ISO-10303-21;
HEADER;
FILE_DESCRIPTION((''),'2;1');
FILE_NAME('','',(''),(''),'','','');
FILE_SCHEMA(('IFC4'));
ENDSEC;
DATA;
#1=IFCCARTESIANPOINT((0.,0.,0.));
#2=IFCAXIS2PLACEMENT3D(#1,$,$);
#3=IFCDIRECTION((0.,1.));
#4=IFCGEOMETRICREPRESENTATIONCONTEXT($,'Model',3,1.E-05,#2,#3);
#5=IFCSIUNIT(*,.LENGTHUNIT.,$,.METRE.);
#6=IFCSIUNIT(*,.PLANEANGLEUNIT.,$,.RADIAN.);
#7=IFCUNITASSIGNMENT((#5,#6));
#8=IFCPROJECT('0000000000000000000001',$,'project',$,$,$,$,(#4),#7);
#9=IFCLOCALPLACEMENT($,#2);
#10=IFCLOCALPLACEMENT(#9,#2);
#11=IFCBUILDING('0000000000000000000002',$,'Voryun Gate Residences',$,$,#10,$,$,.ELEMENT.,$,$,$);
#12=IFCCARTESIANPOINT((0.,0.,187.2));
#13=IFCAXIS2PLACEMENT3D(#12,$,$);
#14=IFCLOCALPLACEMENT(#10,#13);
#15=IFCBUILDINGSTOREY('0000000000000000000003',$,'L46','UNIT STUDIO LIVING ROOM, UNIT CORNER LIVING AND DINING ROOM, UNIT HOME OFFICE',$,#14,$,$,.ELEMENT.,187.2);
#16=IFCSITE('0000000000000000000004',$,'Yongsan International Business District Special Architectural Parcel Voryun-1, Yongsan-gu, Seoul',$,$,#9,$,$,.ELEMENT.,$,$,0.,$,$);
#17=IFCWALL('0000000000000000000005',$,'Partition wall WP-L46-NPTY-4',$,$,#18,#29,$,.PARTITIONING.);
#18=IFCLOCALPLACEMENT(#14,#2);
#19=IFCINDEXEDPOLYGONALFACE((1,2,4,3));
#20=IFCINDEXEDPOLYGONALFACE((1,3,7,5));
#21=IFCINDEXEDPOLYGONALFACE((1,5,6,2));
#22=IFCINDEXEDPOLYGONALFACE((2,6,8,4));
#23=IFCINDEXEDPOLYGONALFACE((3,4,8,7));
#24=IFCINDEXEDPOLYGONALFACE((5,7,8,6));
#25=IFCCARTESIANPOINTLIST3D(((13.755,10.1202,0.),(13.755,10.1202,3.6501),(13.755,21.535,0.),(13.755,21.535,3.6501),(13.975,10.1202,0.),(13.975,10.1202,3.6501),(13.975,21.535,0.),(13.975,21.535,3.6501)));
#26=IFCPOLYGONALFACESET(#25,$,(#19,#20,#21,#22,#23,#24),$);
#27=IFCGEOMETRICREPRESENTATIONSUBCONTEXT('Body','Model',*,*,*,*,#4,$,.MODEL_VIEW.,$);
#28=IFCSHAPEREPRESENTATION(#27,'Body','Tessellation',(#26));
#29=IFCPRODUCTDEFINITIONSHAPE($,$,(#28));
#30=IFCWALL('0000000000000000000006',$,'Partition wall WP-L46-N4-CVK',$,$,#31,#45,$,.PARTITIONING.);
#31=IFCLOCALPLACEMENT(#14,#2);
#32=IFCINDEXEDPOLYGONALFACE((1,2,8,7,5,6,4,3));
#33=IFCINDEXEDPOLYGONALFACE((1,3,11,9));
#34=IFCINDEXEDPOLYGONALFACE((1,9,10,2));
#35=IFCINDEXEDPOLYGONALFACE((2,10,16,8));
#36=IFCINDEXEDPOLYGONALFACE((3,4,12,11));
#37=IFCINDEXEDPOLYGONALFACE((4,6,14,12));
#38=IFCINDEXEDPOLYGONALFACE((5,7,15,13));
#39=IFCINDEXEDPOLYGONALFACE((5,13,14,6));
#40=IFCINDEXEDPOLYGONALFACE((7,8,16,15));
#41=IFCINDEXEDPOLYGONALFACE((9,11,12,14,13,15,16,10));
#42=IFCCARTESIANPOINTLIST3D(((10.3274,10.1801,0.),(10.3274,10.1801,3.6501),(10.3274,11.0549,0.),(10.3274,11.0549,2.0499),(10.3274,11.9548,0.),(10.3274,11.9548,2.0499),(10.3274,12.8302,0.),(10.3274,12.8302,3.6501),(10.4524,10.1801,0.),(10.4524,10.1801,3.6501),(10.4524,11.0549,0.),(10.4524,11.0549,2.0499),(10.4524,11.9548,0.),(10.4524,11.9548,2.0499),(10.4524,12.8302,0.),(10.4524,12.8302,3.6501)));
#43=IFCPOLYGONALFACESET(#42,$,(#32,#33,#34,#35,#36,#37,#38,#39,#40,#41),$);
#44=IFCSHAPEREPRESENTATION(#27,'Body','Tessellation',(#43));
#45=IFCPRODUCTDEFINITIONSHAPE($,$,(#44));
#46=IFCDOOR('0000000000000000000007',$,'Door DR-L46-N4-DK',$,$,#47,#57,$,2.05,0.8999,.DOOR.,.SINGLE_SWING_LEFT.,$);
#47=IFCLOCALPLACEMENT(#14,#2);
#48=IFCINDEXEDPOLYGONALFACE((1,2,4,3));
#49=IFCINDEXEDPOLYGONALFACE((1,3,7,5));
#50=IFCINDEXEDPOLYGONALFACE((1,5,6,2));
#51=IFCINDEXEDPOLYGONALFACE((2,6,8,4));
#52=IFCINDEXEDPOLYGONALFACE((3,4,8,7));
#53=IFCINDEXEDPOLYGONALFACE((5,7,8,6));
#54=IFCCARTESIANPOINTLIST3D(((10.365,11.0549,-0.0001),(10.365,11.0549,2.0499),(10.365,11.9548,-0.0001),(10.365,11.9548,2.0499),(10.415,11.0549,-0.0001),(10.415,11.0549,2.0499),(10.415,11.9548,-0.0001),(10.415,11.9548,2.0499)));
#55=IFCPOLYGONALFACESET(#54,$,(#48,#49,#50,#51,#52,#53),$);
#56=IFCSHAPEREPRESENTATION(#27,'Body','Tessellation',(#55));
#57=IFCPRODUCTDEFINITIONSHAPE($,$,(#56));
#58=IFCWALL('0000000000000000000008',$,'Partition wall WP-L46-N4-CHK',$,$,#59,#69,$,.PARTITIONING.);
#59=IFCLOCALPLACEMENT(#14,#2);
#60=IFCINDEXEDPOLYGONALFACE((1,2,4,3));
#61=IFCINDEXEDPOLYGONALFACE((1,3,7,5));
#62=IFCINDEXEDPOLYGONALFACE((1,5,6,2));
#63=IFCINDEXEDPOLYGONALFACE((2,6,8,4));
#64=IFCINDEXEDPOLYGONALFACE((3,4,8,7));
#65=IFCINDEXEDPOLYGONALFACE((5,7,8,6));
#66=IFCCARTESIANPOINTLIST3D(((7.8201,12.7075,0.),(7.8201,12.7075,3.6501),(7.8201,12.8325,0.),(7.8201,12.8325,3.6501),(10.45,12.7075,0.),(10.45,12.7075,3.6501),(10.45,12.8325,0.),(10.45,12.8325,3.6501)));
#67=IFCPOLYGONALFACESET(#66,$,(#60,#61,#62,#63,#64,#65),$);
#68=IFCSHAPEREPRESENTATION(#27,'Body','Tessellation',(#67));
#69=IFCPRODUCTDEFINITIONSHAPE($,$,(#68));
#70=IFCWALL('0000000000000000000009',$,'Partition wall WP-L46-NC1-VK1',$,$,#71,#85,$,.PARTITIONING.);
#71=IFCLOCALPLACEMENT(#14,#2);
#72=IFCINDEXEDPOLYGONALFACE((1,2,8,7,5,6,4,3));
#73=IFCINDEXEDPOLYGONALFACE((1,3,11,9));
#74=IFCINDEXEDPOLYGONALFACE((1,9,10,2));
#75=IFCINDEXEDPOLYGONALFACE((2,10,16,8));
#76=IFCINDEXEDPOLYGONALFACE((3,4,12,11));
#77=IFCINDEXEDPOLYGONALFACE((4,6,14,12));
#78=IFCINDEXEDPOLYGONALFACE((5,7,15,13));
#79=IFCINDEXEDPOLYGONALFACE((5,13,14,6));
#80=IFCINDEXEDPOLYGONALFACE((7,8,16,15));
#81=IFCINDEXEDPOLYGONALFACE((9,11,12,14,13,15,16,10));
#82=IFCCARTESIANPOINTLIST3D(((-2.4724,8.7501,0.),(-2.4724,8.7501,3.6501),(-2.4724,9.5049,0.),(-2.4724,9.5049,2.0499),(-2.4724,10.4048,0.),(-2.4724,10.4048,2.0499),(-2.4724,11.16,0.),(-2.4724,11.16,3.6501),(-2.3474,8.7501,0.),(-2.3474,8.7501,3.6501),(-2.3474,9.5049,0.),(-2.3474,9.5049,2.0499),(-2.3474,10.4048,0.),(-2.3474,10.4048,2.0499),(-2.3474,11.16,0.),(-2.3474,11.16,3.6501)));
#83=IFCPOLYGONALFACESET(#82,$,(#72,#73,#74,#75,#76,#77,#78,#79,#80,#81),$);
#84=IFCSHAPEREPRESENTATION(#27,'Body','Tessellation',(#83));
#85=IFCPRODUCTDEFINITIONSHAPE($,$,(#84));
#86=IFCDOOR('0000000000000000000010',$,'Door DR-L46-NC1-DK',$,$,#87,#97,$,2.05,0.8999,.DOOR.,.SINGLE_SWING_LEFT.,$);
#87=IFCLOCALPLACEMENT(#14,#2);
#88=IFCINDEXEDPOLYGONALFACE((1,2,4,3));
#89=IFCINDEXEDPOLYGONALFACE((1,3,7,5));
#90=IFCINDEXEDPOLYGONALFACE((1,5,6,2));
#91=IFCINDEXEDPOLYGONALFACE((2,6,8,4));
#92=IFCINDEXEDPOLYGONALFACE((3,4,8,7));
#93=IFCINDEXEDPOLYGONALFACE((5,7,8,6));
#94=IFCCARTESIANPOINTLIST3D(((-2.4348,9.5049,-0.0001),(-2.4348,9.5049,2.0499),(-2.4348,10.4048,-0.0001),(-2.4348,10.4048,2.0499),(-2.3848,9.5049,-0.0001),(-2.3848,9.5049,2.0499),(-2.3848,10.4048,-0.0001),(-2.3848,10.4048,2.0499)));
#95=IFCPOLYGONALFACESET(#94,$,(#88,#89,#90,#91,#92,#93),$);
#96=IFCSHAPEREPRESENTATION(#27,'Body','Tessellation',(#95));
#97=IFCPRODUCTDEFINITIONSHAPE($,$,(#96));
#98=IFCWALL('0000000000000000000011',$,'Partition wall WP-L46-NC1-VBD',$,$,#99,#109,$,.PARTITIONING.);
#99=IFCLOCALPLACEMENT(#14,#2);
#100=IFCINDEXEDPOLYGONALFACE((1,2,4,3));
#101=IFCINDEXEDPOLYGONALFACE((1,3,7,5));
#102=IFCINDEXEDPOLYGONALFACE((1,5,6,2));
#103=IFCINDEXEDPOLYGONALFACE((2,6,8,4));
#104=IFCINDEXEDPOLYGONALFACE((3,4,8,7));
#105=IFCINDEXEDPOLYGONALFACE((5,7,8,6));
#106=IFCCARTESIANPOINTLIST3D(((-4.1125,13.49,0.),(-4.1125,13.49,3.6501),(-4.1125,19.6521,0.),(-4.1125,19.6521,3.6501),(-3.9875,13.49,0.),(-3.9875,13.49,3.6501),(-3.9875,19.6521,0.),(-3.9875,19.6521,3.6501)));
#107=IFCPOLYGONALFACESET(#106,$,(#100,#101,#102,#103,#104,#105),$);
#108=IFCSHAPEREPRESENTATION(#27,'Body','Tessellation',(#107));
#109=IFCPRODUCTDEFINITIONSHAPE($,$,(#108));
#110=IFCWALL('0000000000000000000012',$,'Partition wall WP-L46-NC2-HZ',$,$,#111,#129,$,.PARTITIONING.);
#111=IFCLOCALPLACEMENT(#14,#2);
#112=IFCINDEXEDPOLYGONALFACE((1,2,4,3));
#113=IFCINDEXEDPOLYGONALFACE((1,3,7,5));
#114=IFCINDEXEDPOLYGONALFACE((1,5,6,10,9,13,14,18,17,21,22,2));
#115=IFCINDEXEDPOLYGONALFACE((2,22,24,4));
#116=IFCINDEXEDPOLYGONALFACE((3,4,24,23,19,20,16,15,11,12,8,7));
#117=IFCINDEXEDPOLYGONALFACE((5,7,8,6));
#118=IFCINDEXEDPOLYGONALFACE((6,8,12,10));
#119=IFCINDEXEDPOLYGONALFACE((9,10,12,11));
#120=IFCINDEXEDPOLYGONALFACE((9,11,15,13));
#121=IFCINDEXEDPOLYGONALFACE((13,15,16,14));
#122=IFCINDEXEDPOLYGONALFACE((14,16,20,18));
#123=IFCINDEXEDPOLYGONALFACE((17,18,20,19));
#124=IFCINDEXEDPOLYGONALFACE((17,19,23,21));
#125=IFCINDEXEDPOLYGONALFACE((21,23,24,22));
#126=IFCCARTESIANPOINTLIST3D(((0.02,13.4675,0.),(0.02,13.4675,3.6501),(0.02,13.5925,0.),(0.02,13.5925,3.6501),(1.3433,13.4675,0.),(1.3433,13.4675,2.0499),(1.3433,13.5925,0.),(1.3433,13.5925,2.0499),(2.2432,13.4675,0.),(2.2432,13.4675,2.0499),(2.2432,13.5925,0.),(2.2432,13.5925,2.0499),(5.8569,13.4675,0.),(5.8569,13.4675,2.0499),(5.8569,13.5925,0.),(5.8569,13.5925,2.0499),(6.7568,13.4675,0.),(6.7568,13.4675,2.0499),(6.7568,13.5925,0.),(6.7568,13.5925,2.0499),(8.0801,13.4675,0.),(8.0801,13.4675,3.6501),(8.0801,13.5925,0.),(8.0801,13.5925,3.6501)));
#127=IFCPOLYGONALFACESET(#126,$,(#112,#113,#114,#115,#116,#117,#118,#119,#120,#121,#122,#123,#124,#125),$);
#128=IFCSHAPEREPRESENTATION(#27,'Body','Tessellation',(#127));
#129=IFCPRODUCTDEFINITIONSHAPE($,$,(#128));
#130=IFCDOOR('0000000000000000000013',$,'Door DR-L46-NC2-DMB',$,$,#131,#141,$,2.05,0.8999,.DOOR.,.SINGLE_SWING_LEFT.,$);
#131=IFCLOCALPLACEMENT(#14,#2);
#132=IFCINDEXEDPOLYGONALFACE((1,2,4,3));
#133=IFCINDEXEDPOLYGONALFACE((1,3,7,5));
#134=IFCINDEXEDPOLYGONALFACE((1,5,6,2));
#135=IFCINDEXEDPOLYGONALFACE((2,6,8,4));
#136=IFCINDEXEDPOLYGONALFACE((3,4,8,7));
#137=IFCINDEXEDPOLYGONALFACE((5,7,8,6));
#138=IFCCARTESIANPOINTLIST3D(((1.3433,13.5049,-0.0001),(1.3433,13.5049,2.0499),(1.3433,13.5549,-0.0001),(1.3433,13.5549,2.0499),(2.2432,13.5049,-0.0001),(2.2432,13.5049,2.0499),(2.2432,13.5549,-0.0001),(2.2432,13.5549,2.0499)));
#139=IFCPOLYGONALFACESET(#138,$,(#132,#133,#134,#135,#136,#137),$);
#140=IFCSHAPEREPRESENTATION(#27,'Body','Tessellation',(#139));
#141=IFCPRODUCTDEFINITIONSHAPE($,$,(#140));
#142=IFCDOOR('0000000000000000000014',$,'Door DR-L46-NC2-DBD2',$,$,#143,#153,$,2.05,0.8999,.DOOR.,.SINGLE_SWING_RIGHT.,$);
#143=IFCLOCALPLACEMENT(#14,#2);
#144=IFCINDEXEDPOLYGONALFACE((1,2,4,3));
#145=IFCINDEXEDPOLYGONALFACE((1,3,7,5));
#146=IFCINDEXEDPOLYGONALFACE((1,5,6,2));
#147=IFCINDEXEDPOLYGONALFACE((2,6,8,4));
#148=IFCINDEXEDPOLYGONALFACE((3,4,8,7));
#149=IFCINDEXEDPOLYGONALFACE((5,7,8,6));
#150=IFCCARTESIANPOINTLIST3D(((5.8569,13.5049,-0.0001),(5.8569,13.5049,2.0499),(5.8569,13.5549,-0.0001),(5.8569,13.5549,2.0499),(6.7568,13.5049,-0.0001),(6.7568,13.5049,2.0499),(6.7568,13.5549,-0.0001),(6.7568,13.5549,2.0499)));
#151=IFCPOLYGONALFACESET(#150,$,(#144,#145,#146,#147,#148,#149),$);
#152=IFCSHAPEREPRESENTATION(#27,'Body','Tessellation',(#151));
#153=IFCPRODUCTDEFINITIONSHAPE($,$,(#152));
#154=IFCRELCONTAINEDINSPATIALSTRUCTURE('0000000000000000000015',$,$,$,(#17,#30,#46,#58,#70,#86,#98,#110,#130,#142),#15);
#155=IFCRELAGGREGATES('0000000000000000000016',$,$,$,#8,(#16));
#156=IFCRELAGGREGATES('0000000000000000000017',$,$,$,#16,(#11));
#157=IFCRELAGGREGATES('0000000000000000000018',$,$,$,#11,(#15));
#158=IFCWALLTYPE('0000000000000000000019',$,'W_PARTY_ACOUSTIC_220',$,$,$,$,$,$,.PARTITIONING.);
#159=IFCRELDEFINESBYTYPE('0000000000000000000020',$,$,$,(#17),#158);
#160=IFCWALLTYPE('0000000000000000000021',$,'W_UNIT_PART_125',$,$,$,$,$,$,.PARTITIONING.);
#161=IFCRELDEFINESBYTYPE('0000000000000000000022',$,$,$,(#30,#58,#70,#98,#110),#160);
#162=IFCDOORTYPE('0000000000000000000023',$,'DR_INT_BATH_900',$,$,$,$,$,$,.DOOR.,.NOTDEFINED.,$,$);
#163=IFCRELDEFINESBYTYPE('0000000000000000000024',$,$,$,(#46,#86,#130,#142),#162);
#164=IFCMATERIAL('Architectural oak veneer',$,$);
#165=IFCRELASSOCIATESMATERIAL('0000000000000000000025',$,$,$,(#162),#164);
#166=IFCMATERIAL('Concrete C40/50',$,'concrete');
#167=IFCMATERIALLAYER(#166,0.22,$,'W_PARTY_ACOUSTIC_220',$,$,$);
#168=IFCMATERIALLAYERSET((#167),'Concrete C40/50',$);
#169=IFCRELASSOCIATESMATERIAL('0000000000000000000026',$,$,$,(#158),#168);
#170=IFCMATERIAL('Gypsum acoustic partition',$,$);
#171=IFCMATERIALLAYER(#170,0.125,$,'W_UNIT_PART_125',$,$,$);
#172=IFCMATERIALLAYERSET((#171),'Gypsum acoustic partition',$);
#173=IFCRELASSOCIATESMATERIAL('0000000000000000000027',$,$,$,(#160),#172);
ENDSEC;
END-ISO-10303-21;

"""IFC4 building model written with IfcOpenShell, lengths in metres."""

from ifc_helpers import new_model, si_unit, direction, frame, frame_2d, origin, place, context, subcontext, project, spatial, rectangle, extrude, material, layer, layer_set, type_object, element, fill, save


model = new_model("IFC4")

# Units and contexts
model_context = context("Model", 3, precision=1e-05, world=origin(), true_north=direction((0.0, 1.0)))
body_context = subcontext(model_context, "Body", "Model", "MODEL_VIEW")
ifc_project = project(units=[si_unit("LENGTHUNIT", "METRE"), si_unit("PLANEANGLEUNIT", "RADIAN")], contexts=[model_context])

# Site, building, storey
site_placement = place(None, origin())
site = spatial("IfcSite", under=ifc_project, at=site_placement, Name="Yongsan International Business District Special Architectural Parcel Voryun-1, Yongsan-gu, Seoul", CompositionType="ELEMENT", RefElevation=0.0)
building_placement = place(site_placement, origin())
building = spatial("IfcBuilding", under=site, at=building_placement, Name="Voryun Gate Residences", CompositionType="ELEMENT")
storey_placement = place(building_placement, frame((0.0, 0.0, 187.2)))
storey = spatial("IfcBuildingStorey", under=building, at=storey_placement, Name="L46", Description="UNIT STUDIO LIVING ROOM, UNIT CORNER LIVING AND DINING ROOM, UNIT HOME OFFICE", CompositionType="ELEMENT", Elevation=187.2)

# Shared definitions
ifc_material_1 = material(Name="Architectural oak veneer")
door_type_1 = type_object("IfcDoorType", Name="DR_INT_BATH_900", OperationType="NOTDEFINED", PredefinedType="DOOR", material=ifc_material_1)

# Wall
ifc_material_2 = material(Name="Concrete C40/50", Category="concrete")
ifc_layer_1 = layer(ifc_material_2, 0.22, Name="W_PARTY_ACOUSTIC_220")
ifc_layer_set_1 = layer_set([ifc_layer_1], Name="Concrete C40/50")
wall_type_1 = type_object("IfcWallType", Name="W_PARTY_ACOUSTIC_220", PredefinedType="PARTITIONING", material=ifc_layer_set_1)
wall_1_placement = place(storey_placement, frame((13.865, 10.1201, 0.0), z_axis=(0.0, 0.0, 1.0), x_axis=(0.0, 1.0, 0.0)))
element("IfcWall", 1, at=wall_1_placement, inside=storey, type_object=wall_type_1, Name="Partition wall WP-L46-NPTY-4", PredefinedType="PARTITIONING", context=body_context, shape_type="SweptSolid", body=[
    extrude(rectangle(XDim=11.4148, YDim=0.22, at=frame_2d((5.7075, 0.0))), origin(), (0.0, 0.0, 1.0), 3.6501),
])

# Wall, opening, door
ifc_material_3 = material(Name="Gypsum acoustic partition")
ifc_layer_2 = layer(ifc_material_3, 0.125, Name="W_UNIT_PART_125")
ifc_layer_set_2 = layer_set([ifc_layer_2], Name="Gypsum acoustic partition")
wall_type_2 = type_object("IfcWallType", Name="W_UNIT_PART_125", PredefinedType="PARTITIONING", material=ifc_layer_set_2)
wall_2_placement = place(storey_placement, frame((10.3899, 10.1799, 0.0), z_axis=(0.0, 0.0, 1.0), x_axis=(0.0, 1.0, 0.0)))
wall_2 = element("IfcWall", 2, at=wall_2_placement, inside=storey, type_object=wall_type_2, Name="Partition wall WP-L46-N4-CVK", PredefinedType="PARTITIONING", context=body_context, shape_type="SweptSolid", body=[
    extrude(rectangle(XDim=2.6501, YDim=0.125, at=frame_2d((1.3252, 0.0))), origin(), (0.0, 0.0, 1.0), 3.6501),
])
opening_1_placement = place(wall_2_placement, frame((0.875, 0.0, 0.0)))
opening_1 = element("IfcOpeningElement", 3, at=opening_1_placement, cuts=wall_2, PredefinedType="OPENING", context=body_context, shape_type="SweptSolid", body=[
    extrude(rectangle(XDim=0.8999, YDim=2.05, at=frame_2d((0.45, 1.0249))), frame((0.0, 0.0725, 0.0), z_axis=(0.0, -1.0, 0.0), x_axis=(1.0, 0.0, 0.0)), (0.0, 0.0, 1.0), 0.145),
])
door_1_placement = place(opening_1_placement, origin())
door_1 = element("IfcDoor", 4, at=door_1_placement, inside=storey, type_object=door_type_1, Name="Door DR-L46-N4-DK", OperationType="SINGLE_SWING_LEFT", OverallHeight=2.05, OverallWidth=0.8999, PredefinedType="DOOR", context=body_context, shape_type="SweptSolid", body=[
    extrude(rectangle(XDim=0.8999, YDim=2.05, at=frame_2d((0.45, 1.0249))), frame((0.0, 0.0249, 0.0), z_axis=(0.0, -1.0, 0.0), x_axis=(1.0, 0.0, 0.0)), (0.0, 0.0, 1.0), 0.05),
])
fill(opening_1, door_1)

# Wall
wall_3_placement = place(storey_placement, frame((7.8201, 12.77, 0.0), z_axis=(0.0, 0.0, 1.0), x_axis=(1.0, 0.0, 0.0)))
element("IfcWall", 5, at=wall_3_placement, inside=storey, type_object=wall_type_2, Name="Partition wall WP-L46-N4-CHK", PredefinedType="PARTITIONING", context=body_context, shape_type="SweptSolid", body=[
    extrude(rectangle(XDim=2.6299, YDim=0.125, at=frame_2d((1.3149, 0.0))), origin(), (0.0, 0.0, 1.0), 3.6501),
])

# Wall, opening, door
wall_4_placement = place(storey_placement, frame((-2.4099, 8.75, 0.0), z_axis=(0.0, 0.0, 1.0), x_axis=(0.0, 1.0, 0.0)))
wall_4 = element("IfcWall", 6, at=wall_4_placement, inside=storey, type_object=wall_type_2, Name="Partition wall WP-L46-NC1-VK1", PredefinedType="PARTITIONING", context=body_context, shape_type="SweptSolid", body=[
    extrude(rectangle(XDim=2.4099, YDim=0.125, at=frame_2d((1.2051, 0.0))), origin(), (0.0, 0.0, 1.0), 3.6501),
])
opening_2_placement = place(wall_4_placement, frame((0.7549, 0.0, 0.0)))
opening_2 = element("IfcOpeningElement", 7, at=opening_2_placement, cuts=wall_4, PredefinedType="OPENING", context=body_context, shape_type="SweptSolid", body=[
    extrude(rectangle(XDim=0.8999, YDim=2.05, at=frame_2d((0.45, 1.0249))), frame((0.0, 0.0725, 0.0), z_axis=(0.0, -1.0, 0.0), x_axis=(1.0, 0.0, 0.0)), (0.0, 0.0, 1.0), 0.145),
])
door_2_placement = place(opening_2_placement, origin())
door_2 = element("IfcDoor", 8, at=door_2_placement, inside=storey, type_object=door_type_1, Name="Door DR-L46-NC1-DK", OperationType="SINGLE_SWING_LEFT", OverallHeight=2.05, OverallWidth=0.8999, PredefinedType="DOOR", context=body_context, shape_type="SweptSolid", body=[
    extrude(rectangle(XDim=0.8999, YDim=2.05, at=frame_2d((0.45, 1.0249))), frame((0.0, 0.0249, 0.0), z_axis=(0.0, -1.0, 0.0), x_axis=(1.0, 0.0, 0.0)), (0.0, 0.0, 1.0), 0.05),
])
fill(opening_2, door_2)

# Wall
wall_5_placement = place(storey_placement, frame((-4.05, 13.49, 0.0), z_axis=(0.0, 0.0, 1.0), x_axis=(0.0, 1.0, 0.0)))
element("IfcWall", 9, at=wall_5_placement, inside=storey, type_object=wall_type_2, Name="Partition wall WP-L46-NC1-VBD", PredefinedType="PARTITIONING", context=body_context, shape_type="SweptSolid", body=[
    extrude(rectangle(XDim=6.1621, YDim=0.125, at=frame_2d((3.0811, 0.0))), origin(), (0.0, 0.0, 1.0), 3.6501),
])

# Wall, openings, doors
wall_6_placement = place(storey_placement, frame((0.02, 13.53, 0.0), z_axis=(0.0, 0.0, 1.0), x_axis=(1.0, 0.0, 0.0)))
wall_6 = element("IfcWall", 10, at=wall_6_placement, inside=storey, type_object=wall_type_2, Name="Partition wall WP-L46-NC2-HZ", PredefinedType="PARTITIONING", context=body_context, shape_type="SweptSolid", body=[
    extrude(rectangle(XDim=8.0601, YDim=0.125, at=frame_2d((4.03, 0.0))), origin(), (0.0, 0.0, 1.0), 3.6501),
])
opening_3_placement = place(wall_6_placement, frame((1.3232, 0.0, 0.0)))
opening_3 = element("IfcOpeningElement", 11, at=opening_3_placement, cuts=wall_6, PredefinedType="OPENING", context=body_context, shape_type="SweptSolid", body=[
    extrude(rectangle(XDim=0.8999, YDim=2.05, at=frame_2d((0.45, 1.0249))), frame((0.0, 0.0725, 0.0), z_axis=(0.0, -1.0, 0.0), x_axis=(1.0, 0.0, 0.0)), (0.0, 0.0, 1.0), 0.145),
])
opening_4_placement = place(wall_6_placement, frame((5.8369, 0.0, 0.0)))
opening_4 = element("IfcOpeningElement", 12, at=opening_4_placement, cuts=wall_6, PredefinedType="OPENING", context=body_context, shape_type="SweptSolid", body=[
    extrude(rectangle(XDim=0.8999, YDim=2.05, at=frame_2d((0.45, 1.0249))), frame((0.0, 0.0725, 0.0), z_axis=(0.0, -1.0, 0.0), x_axis=(1.0, 0.0, 0.0)), (0.0, 0.0, 1.0), 0.145),
])
door_3_placement = place(opening_3_placement, origin())
door_3 = element("IfcDoor", 13, at=door_3_placement, inside=storey, type_object=door_type_1, Name="Door DR-L46-NC2-DMB", OperationType="SINGLE_SWING_LEFT", OverallHeight=2.05, OverallWidth=0.8999, PredefinedType="DOOR", context=body_context, shape_type="SweptSolid", body=[
    extrude(rectangle(XDim=0.8999, YDim=2.05, at=frame_2d((0.45, 1.0249))), frame((0.0, 0.0249, 0.0), z_axis=(0.0, -1.0, 0.0), x_axis=(1.0, 0.0, 0.0)), (0.0, 0.0, 1.0), 0.05),
])
fill(opening_3, door_3)
door_4_placement = place(opening_4_placement, origin())
door_4 = element("IfcDoor", 14, at=door_4_placement, inside=storey, type_object=door_type_1, Name="Door DR-L46-NC2-DBD2", OperationType="SINGLE_SWING_RIGHT", OverallHeight=2.05, OverallWidth=0.8999, PredefinedType="DOOR", context=body_context, shape_type="SweptSolid", body=[
    extrude(rectangle(XDim=0.8999, YDim=2.05, at=frame_2d((0.45, 1.0249))), frame((0.0, 0.0249, 0.0), z_axis=(0.0, -1.0, 0.0), x_axis=(1.0, 0.0, 0.0)), (0.0, 0.0, 1.0), 0.05),
])
fill(opening_4, door_4)

save(model, "model.ifc")
